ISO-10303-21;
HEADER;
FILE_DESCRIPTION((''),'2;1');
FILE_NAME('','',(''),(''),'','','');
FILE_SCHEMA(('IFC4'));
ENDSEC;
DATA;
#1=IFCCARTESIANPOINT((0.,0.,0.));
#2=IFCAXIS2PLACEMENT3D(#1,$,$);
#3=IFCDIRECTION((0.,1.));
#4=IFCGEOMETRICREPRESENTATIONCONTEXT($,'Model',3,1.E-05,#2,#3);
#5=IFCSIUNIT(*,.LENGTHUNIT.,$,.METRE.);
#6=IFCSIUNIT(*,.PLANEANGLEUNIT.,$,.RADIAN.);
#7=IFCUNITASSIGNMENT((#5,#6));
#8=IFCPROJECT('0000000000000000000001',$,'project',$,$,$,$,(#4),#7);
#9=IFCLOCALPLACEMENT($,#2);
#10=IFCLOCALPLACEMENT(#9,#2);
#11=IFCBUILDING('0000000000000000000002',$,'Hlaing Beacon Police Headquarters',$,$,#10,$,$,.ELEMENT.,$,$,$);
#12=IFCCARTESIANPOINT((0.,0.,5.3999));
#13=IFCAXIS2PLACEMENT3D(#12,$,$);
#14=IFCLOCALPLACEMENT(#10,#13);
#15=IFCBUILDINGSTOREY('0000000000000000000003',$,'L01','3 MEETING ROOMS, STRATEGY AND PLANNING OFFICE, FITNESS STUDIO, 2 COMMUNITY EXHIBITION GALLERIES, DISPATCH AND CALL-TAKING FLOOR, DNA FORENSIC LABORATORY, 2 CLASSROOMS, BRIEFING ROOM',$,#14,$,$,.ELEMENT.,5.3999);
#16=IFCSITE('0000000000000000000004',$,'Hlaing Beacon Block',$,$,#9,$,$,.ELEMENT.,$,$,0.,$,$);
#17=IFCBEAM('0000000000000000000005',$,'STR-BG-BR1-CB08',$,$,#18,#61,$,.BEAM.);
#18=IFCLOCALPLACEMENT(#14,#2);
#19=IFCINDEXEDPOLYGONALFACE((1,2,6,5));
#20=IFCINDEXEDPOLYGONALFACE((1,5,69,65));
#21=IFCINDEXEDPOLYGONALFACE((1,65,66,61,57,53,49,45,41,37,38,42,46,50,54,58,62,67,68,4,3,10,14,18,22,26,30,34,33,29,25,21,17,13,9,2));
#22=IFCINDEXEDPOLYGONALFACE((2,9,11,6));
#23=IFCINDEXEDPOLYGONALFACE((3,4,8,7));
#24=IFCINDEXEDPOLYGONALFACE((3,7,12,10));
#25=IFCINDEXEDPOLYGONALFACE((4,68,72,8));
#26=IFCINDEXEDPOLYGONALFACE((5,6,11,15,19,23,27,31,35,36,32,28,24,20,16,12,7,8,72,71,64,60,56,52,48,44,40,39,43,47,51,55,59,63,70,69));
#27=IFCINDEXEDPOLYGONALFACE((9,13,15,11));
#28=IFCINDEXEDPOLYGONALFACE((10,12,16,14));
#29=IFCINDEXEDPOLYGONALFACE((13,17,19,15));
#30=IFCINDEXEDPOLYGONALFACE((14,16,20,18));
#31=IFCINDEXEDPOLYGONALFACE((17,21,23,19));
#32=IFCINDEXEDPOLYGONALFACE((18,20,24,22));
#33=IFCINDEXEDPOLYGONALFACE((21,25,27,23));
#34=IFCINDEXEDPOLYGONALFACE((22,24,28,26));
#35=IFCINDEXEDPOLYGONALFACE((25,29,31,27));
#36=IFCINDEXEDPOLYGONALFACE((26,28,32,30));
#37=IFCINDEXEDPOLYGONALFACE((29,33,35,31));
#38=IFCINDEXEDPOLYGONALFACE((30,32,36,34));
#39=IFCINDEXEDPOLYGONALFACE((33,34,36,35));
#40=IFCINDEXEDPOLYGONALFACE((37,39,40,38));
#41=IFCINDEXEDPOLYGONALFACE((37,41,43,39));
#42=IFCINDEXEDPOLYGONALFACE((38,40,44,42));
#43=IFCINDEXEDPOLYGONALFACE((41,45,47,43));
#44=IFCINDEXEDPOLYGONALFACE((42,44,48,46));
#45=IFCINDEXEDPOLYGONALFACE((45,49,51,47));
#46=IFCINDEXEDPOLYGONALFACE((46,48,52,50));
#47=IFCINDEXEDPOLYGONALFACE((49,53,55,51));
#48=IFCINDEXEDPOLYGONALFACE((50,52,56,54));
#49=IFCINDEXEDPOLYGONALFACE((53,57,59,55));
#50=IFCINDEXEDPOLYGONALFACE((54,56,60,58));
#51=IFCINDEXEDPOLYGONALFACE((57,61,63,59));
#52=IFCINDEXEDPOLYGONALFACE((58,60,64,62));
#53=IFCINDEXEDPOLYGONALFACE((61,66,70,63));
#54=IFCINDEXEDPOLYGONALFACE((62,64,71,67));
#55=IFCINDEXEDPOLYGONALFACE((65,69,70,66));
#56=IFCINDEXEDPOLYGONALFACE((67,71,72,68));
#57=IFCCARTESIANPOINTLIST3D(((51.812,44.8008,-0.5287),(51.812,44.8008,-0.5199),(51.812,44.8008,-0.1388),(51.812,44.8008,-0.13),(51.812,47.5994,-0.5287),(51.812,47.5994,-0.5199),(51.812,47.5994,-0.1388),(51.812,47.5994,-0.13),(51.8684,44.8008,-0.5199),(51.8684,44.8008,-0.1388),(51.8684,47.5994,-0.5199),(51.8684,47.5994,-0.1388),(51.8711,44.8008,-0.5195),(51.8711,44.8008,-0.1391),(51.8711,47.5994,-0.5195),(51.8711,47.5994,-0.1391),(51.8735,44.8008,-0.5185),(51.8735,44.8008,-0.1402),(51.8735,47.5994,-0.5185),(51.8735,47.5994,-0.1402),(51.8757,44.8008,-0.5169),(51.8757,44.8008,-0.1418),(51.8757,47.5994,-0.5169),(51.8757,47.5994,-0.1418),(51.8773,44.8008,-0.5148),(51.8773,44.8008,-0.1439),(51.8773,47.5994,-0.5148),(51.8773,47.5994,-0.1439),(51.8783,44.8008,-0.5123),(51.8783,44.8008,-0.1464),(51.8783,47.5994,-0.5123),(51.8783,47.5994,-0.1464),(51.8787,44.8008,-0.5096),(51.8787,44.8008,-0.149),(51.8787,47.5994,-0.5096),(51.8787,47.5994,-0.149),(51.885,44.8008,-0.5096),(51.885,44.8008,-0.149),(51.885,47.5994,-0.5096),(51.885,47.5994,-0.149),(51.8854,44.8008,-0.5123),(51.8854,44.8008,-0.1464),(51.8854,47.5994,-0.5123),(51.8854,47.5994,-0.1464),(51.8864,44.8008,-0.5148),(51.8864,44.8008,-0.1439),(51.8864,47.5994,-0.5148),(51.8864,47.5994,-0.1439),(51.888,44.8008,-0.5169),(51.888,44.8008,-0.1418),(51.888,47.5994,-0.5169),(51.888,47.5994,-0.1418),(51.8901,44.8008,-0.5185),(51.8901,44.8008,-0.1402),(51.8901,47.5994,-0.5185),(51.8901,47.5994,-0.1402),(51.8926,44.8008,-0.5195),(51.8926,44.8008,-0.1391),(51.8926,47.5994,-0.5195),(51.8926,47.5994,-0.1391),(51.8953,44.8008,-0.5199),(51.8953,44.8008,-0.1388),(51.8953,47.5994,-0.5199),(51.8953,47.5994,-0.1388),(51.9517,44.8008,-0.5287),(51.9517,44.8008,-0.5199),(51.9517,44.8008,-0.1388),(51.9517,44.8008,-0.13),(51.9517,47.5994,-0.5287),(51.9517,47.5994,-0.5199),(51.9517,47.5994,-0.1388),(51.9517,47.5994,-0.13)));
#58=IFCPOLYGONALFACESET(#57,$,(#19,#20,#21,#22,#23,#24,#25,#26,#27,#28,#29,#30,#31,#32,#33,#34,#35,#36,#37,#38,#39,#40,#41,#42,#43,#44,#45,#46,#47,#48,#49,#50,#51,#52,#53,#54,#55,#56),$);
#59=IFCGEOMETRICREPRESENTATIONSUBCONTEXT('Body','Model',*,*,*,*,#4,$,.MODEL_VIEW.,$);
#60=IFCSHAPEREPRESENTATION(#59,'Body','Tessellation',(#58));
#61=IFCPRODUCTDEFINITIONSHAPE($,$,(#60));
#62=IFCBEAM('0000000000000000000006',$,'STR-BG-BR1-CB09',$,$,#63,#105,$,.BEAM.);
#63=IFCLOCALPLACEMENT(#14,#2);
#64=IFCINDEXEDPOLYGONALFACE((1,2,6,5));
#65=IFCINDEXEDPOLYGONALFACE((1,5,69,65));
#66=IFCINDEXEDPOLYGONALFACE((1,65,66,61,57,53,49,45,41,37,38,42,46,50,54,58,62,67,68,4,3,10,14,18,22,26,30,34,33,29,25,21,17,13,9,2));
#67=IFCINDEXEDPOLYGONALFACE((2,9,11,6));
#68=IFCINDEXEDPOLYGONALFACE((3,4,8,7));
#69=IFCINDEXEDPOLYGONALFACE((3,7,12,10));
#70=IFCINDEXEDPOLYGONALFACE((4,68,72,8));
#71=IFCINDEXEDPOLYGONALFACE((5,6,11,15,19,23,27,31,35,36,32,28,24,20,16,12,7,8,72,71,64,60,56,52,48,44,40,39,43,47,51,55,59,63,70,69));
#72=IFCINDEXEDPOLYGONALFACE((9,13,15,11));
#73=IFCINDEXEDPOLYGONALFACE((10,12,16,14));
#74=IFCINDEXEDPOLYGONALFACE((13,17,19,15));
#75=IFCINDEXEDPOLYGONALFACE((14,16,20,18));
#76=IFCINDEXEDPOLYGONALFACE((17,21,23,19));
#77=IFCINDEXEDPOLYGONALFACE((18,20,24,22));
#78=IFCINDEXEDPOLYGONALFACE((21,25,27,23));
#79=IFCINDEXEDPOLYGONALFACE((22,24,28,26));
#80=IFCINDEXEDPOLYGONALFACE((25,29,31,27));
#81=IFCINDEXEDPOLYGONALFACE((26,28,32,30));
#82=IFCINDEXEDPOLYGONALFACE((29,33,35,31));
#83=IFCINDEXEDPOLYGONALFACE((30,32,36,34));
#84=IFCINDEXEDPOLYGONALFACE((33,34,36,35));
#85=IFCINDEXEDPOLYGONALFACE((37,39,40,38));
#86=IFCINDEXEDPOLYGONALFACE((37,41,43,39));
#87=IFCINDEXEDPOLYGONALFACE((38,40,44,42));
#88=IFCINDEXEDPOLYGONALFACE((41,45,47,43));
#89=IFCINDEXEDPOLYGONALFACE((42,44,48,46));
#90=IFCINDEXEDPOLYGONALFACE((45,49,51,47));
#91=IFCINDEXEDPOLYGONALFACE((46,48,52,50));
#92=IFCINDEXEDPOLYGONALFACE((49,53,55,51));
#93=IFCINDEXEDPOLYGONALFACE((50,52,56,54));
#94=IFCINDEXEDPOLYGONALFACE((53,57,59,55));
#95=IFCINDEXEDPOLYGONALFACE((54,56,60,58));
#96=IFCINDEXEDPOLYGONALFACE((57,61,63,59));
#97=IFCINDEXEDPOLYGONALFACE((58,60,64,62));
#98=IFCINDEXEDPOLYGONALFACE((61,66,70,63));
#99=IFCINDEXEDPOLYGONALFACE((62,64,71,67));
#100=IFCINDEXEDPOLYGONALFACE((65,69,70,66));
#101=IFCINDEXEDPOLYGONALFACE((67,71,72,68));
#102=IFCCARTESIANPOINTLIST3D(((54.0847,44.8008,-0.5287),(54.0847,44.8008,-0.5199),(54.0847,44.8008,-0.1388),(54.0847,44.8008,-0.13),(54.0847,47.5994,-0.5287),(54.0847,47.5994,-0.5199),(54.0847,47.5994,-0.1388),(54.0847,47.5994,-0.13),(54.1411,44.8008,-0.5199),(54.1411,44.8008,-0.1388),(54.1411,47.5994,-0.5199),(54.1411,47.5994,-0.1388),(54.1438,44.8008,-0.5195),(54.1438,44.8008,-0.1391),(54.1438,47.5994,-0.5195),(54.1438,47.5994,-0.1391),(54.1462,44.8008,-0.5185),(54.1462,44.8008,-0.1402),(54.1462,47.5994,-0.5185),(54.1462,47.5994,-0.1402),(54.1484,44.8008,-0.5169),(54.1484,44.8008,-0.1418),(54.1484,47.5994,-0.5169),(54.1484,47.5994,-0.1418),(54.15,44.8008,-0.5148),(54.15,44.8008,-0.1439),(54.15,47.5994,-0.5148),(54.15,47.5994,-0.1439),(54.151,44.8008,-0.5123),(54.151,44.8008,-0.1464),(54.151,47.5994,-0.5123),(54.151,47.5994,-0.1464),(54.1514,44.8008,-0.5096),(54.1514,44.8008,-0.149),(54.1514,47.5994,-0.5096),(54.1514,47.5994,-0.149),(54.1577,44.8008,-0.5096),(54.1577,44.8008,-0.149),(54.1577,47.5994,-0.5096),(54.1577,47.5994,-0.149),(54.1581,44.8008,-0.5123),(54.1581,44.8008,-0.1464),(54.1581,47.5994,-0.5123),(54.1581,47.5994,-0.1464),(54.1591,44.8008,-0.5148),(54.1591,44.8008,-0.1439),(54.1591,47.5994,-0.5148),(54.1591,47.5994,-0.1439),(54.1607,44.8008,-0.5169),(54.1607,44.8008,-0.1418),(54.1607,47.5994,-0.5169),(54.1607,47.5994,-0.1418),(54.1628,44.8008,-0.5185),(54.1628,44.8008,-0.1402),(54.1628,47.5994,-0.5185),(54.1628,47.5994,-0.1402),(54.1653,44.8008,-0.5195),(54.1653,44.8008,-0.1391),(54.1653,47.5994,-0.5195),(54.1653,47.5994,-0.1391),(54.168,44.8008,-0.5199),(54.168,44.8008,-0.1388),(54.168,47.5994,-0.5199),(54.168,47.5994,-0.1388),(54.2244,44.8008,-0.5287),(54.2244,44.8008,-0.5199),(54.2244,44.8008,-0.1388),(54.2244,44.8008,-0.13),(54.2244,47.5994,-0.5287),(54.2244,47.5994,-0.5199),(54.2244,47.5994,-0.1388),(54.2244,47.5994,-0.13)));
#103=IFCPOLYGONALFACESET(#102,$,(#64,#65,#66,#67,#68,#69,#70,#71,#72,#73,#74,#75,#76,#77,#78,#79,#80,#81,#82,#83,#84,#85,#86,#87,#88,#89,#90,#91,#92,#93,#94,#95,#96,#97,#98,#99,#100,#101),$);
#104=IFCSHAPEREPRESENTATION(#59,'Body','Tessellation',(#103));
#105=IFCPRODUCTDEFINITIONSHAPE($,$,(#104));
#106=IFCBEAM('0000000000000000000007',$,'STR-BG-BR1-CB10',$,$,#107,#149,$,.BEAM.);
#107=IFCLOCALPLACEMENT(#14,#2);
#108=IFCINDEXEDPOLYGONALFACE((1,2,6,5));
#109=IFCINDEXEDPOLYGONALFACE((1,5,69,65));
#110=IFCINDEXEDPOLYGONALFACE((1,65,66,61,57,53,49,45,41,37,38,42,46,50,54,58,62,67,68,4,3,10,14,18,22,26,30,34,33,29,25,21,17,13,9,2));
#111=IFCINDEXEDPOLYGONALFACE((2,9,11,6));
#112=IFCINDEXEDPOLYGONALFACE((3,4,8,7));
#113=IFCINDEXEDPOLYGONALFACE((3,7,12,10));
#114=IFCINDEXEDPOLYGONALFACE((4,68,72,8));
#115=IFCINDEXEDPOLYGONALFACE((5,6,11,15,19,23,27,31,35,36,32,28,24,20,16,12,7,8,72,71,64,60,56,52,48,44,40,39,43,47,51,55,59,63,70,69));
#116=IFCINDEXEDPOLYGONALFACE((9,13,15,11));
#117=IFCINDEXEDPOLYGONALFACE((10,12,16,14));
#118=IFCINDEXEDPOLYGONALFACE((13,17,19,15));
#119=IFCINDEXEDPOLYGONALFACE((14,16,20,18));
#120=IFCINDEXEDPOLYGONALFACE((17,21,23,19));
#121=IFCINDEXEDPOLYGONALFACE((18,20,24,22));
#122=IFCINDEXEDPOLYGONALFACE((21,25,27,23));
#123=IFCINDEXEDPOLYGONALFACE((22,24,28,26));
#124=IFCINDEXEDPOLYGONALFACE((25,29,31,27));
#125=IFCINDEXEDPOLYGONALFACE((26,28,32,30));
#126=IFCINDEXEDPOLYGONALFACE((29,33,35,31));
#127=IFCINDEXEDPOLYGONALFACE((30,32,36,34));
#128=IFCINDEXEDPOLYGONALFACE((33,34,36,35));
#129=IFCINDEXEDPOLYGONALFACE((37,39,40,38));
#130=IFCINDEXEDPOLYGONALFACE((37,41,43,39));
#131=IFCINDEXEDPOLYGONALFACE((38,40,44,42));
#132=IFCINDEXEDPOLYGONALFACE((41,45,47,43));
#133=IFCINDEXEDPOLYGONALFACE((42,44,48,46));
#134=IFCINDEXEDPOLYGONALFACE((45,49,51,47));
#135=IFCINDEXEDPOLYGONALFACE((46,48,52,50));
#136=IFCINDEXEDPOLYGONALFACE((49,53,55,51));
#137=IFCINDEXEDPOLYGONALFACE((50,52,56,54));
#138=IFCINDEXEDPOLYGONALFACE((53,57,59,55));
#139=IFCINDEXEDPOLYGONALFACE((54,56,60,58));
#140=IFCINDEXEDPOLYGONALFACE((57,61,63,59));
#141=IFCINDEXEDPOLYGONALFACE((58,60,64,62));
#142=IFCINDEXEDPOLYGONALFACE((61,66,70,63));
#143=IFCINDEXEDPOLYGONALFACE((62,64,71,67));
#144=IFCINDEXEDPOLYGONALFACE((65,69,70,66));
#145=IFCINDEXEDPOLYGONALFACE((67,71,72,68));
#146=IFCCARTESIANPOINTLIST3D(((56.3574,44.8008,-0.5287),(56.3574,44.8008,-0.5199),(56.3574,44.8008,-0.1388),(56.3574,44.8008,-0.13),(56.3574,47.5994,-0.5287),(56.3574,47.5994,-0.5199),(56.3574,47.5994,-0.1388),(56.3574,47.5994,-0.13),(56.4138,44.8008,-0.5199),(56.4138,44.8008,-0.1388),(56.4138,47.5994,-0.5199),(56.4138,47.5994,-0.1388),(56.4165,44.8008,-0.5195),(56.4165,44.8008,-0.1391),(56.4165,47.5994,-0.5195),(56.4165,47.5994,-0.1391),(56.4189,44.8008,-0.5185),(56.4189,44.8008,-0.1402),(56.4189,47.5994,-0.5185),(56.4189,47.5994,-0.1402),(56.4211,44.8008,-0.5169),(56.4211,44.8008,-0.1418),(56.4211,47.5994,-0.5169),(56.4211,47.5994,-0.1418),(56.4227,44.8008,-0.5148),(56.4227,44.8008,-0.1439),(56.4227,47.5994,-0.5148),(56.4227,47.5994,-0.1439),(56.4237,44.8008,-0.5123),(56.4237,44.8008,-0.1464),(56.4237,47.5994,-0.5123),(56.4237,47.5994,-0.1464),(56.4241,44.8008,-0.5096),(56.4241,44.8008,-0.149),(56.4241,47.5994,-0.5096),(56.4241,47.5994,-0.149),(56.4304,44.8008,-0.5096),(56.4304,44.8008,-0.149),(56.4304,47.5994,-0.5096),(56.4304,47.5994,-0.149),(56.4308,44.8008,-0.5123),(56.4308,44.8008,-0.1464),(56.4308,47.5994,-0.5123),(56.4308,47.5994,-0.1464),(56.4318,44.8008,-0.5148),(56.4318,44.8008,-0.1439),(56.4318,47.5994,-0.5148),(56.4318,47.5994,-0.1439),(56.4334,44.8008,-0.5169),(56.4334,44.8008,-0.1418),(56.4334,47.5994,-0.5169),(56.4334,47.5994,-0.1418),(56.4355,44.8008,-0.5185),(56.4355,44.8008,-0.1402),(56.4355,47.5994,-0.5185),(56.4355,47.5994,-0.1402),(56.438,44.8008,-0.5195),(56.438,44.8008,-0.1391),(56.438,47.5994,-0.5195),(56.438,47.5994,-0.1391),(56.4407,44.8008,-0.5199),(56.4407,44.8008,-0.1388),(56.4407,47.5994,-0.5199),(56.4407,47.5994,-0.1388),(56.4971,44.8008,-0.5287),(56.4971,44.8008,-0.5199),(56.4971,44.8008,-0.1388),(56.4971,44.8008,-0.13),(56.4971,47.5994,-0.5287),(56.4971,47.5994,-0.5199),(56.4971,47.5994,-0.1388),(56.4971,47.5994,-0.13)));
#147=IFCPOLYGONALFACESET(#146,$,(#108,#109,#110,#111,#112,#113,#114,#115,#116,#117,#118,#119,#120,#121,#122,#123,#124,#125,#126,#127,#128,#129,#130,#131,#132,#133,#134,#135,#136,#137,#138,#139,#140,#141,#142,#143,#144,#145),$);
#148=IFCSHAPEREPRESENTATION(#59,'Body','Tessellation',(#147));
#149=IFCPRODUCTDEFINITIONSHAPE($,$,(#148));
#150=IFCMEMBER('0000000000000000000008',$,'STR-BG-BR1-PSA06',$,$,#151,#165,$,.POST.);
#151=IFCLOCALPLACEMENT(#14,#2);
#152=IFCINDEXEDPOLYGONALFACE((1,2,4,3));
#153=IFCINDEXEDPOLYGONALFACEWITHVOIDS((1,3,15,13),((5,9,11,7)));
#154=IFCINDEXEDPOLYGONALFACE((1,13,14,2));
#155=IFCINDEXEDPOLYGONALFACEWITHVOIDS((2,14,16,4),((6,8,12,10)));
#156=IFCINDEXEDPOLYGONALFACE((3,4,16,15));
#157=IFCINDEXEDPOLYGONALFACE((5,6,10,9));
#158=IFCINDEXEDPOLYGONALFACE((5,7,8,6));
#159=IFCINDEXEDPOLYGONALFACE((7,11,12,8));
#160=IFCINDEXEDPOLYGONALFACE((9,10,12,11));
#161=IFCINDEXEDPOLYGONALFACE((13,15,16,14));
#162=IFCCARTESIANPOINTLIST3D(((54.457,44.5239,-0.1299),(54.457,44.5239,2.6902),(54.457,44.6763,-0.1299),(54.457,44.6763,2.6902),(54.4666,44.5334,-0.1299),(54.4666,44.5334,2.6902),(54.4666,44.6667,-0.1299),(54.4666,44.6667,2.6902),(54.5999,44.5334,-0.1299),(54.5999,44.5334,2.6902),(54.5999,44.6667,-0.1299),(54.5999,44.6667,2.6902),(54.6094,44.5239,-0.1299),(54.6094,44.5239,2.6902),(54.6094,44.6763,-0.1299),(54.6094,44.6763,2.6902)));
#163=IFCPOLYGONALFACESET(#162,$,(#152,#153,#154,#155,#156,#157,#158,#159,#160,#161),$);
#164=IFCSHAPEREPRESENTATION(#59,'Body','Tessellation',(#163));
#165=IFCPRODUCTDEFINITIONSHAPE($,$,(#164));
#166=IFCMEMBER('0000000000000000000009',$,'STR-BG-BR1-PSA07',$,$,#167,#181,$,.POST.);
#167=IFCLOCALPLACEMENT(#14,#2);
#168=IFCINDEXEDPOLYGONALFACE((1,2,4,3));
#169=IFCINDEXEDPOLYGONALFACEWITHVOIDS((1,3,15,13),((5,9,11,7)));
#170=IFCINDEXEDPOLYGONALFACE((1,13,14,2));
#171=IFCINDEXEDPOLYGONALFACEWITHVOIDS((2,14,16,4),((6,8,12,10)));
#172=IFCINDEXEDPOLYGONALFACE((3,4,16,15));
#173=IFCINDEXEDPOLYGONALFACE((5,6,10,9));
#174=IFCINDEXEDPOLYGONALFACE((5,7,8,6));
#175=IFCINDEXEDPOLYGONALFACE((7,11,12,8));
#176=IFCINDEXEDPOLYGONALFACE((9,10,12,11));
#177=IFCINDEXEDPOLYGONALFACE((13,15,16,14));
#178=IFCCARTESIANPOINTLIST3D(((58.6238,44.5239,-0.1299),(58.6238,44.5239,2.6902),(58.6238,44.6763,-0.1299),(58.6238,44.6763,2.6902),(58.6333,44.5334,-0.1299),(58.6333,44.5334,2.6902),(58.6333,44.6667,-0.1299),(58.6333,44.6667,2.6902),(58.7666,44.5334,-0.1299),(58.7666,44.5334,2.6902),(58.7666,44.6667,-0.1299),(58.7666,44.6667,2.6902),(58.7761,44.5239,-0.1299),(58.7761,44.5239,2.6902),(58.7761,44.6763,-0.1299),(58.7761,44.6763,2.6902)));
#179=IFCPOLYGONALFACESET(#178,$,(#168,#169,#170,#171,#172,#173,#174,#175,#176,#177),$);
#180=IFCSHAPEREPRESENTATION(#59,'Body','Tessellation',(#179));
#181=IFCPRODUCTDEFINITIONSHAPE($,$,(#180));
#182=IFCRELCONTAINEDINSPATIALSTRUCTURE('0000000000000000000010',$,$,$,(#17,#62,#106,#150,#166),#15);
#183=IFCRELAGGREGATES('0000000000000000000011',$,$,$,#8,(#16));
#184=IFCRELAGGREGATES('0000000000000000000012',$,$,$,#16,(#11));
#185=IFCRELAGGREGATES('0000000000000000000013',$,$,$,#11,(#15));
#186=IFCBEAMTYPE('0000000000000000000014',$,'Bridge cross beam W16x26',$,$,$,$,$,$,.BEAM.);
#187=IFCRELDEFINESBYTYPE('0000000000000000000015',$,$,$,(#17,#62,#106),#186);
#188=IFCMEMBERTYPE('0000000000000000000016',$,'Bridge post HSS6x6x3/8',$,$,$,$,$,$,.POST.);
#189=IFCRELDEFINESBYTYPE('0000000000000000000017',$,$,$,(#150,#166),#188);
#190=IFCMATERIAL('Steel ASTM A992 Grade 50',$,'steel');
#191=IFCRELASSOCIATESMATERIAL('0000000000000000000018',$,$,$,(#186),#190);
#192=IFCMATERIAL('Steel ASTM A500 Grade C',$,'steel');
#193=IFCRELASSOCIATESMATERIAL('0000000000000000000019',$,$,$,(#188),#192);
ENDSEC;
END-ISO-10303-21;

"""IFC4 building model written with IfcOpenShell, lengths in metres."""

from ifc_helpers import new_model, si_unit, direction, frame, origin, origin_2d, place, context, subcontext, project, spatial, hollow_rectangle, i_section, extrude, material, material_profile, profile_set, type_object, element, save


model = new_model("IFC4")

# Units and contexts
model_context = context("Model", 3, precision=1e-05, world=origin(), true_north=direction((0.0, 1.0)))
body_context = subcontext(model_context, "Body", "Model", "MODEL_VIEW")
ifc_project = project(units=[si_unit("LENGTHUNIT", "METRE"), si_unit("PLANEANGLEUNIT", "RADIAN")], contexts=[model_context])

# Site, building, storey
site_placement = place(None, origin())
site = spatial("IfcSite", under=ifc_project, at=site_placement, Name="Hlaing Beacon Block", CompositionType="ELEMENT", RefElevation=0.0)
building_placement = place(site_placement, origin())
building = spatial("IfcBuilding", under=site, at=building_placement, Name="Hlaing Beacon Police Headquarters", CompositionType="ELEMENT")
storey_placement = place(building_placement, frame((0.0, 0.0, 5.3999)))
storey = spatial("IfcBuildingStorey", under=building, at=storey_placement, Name="L01", Description="3 MEETING ROOMS, STRATEGY AND PLANNING OFFICE, FITNESS STUDIO, 2 COMMUNITY EXHIBITION GALLERIES, DISPATCH AND CALL-TAKING FLOOR, DNA FORENSIC LABORATORY, 2 CLASSROOMS, BRIEFING ROOM", CompositionType="ELEMENT", Elevation=5.3999)

# Beams
ifc_material_1 = material(Name="Steel ASTM A992 Grade 50", Category="steel")
ifc_material_profile_1 = material_profile(ifc_material_1, i_section(OverallWidth=0.1396, OverallDepth=0.3987, WebThickness=0.0063, FlangeThickness=0.0088, FilletRadius=0.0103, at=origin_2d()), Name="W16x26")
ifc_profile_set_1 = profile_set([ifc_material_profile_1], Name="Steel ASTM A992 Grade 50")
beam_type_1 = type_object("IfcBeamType", Name="Bridge cross beam W16x26", PredefinedType="BEAM", material=ifc_profile_set_1)
for number, where, z_axis, x_axis, name in (
    (1, (51.8818, 44.8008, -0.3293), (0.0, 1.0, 0.0), (-1.0, 0.0, 0.0), "STR-BG-BR1-CB08"),
    (2, (54.1545, 44.8008, -0.3293), (0.0, 1.0, 0.0), (-1.0, 0.0, 0.0), "STR-BG-BR1-CB09"),
    (3, (56.4272, 44.8008, -0.3293), (0.0, 1.0, 0.0), (-1.0, 0.0, 0.0), "STR-BG-BR1-CB10"),
):
    element("IfcBeam", number, at=place(storey_placement, frame(where, z_axis=z_axis, x_axis=x_axis)), inside=storey, type_object=beam_type_1, Name=name, PredefinedType="BEAM", context=body_context, shape_type="SweptSolid", body=[
        extrude(i_section(OverallWidth=0.1396, OverallDepth=0.3987, WebThickness=0.0063, FlangeThickness=0.0088, FilletRadius=0.0103, at=origin_2d()), origin(), (0.0, 0.0, 1.0), 2.7986),
    ])

# Members
ifc_material_2 = material(Name="Steel ASTM A500 Grade C", Category="steel")
ifc_material_profile_2 = material_profile(ifc_material_2, hollow_rectangle(XDim=0.1523, YDim=0.1523, WallThickness=0.0095, at=origin_2d()), Name="HSS6x6x3/8")
ifc_profile_set_2 = profile_set([ifc_material_profile_2], Name="Steel ASTM A500 Grade C")
member_type_1 = type_object("IfcMemberType", Name="Bridge post HSS6x6x3/8", PredefinedType="POST", material=ifc_profile_set_2)
for number, where, z_axis, x_axis, name in (
    (4, (54.5332, 44.6001, -0.1299), (0.0, 0.0, 1.0), (1.0, 0.0, 0.0), "STR-BG-BR1-PSA06"),
    (5, (58.7, 44.6001, -0.1299), (0.0, 0.0, 1.0), (1.0, 0.0, 0.0), "STR-BG-BR1-PSA07"),
):
    element("IfcMember", number, at=place(storey_placement, frame(where, z_axis=z_axis, x_axis=x_axis)), inside=storey, type_object=member_type_1, Name=name, PredefinedType="POST", context=body_context, shape_type="SweptSolid", body=[
        extrude(hollow_rectangle(XDim=0.1523, YDim=0.1523, WallThickness=0.0095, at=origin_2d()), origin(), (0.0, 0.0, 1.0), 2.8201),
    ])

save(model, "model.ifc")
